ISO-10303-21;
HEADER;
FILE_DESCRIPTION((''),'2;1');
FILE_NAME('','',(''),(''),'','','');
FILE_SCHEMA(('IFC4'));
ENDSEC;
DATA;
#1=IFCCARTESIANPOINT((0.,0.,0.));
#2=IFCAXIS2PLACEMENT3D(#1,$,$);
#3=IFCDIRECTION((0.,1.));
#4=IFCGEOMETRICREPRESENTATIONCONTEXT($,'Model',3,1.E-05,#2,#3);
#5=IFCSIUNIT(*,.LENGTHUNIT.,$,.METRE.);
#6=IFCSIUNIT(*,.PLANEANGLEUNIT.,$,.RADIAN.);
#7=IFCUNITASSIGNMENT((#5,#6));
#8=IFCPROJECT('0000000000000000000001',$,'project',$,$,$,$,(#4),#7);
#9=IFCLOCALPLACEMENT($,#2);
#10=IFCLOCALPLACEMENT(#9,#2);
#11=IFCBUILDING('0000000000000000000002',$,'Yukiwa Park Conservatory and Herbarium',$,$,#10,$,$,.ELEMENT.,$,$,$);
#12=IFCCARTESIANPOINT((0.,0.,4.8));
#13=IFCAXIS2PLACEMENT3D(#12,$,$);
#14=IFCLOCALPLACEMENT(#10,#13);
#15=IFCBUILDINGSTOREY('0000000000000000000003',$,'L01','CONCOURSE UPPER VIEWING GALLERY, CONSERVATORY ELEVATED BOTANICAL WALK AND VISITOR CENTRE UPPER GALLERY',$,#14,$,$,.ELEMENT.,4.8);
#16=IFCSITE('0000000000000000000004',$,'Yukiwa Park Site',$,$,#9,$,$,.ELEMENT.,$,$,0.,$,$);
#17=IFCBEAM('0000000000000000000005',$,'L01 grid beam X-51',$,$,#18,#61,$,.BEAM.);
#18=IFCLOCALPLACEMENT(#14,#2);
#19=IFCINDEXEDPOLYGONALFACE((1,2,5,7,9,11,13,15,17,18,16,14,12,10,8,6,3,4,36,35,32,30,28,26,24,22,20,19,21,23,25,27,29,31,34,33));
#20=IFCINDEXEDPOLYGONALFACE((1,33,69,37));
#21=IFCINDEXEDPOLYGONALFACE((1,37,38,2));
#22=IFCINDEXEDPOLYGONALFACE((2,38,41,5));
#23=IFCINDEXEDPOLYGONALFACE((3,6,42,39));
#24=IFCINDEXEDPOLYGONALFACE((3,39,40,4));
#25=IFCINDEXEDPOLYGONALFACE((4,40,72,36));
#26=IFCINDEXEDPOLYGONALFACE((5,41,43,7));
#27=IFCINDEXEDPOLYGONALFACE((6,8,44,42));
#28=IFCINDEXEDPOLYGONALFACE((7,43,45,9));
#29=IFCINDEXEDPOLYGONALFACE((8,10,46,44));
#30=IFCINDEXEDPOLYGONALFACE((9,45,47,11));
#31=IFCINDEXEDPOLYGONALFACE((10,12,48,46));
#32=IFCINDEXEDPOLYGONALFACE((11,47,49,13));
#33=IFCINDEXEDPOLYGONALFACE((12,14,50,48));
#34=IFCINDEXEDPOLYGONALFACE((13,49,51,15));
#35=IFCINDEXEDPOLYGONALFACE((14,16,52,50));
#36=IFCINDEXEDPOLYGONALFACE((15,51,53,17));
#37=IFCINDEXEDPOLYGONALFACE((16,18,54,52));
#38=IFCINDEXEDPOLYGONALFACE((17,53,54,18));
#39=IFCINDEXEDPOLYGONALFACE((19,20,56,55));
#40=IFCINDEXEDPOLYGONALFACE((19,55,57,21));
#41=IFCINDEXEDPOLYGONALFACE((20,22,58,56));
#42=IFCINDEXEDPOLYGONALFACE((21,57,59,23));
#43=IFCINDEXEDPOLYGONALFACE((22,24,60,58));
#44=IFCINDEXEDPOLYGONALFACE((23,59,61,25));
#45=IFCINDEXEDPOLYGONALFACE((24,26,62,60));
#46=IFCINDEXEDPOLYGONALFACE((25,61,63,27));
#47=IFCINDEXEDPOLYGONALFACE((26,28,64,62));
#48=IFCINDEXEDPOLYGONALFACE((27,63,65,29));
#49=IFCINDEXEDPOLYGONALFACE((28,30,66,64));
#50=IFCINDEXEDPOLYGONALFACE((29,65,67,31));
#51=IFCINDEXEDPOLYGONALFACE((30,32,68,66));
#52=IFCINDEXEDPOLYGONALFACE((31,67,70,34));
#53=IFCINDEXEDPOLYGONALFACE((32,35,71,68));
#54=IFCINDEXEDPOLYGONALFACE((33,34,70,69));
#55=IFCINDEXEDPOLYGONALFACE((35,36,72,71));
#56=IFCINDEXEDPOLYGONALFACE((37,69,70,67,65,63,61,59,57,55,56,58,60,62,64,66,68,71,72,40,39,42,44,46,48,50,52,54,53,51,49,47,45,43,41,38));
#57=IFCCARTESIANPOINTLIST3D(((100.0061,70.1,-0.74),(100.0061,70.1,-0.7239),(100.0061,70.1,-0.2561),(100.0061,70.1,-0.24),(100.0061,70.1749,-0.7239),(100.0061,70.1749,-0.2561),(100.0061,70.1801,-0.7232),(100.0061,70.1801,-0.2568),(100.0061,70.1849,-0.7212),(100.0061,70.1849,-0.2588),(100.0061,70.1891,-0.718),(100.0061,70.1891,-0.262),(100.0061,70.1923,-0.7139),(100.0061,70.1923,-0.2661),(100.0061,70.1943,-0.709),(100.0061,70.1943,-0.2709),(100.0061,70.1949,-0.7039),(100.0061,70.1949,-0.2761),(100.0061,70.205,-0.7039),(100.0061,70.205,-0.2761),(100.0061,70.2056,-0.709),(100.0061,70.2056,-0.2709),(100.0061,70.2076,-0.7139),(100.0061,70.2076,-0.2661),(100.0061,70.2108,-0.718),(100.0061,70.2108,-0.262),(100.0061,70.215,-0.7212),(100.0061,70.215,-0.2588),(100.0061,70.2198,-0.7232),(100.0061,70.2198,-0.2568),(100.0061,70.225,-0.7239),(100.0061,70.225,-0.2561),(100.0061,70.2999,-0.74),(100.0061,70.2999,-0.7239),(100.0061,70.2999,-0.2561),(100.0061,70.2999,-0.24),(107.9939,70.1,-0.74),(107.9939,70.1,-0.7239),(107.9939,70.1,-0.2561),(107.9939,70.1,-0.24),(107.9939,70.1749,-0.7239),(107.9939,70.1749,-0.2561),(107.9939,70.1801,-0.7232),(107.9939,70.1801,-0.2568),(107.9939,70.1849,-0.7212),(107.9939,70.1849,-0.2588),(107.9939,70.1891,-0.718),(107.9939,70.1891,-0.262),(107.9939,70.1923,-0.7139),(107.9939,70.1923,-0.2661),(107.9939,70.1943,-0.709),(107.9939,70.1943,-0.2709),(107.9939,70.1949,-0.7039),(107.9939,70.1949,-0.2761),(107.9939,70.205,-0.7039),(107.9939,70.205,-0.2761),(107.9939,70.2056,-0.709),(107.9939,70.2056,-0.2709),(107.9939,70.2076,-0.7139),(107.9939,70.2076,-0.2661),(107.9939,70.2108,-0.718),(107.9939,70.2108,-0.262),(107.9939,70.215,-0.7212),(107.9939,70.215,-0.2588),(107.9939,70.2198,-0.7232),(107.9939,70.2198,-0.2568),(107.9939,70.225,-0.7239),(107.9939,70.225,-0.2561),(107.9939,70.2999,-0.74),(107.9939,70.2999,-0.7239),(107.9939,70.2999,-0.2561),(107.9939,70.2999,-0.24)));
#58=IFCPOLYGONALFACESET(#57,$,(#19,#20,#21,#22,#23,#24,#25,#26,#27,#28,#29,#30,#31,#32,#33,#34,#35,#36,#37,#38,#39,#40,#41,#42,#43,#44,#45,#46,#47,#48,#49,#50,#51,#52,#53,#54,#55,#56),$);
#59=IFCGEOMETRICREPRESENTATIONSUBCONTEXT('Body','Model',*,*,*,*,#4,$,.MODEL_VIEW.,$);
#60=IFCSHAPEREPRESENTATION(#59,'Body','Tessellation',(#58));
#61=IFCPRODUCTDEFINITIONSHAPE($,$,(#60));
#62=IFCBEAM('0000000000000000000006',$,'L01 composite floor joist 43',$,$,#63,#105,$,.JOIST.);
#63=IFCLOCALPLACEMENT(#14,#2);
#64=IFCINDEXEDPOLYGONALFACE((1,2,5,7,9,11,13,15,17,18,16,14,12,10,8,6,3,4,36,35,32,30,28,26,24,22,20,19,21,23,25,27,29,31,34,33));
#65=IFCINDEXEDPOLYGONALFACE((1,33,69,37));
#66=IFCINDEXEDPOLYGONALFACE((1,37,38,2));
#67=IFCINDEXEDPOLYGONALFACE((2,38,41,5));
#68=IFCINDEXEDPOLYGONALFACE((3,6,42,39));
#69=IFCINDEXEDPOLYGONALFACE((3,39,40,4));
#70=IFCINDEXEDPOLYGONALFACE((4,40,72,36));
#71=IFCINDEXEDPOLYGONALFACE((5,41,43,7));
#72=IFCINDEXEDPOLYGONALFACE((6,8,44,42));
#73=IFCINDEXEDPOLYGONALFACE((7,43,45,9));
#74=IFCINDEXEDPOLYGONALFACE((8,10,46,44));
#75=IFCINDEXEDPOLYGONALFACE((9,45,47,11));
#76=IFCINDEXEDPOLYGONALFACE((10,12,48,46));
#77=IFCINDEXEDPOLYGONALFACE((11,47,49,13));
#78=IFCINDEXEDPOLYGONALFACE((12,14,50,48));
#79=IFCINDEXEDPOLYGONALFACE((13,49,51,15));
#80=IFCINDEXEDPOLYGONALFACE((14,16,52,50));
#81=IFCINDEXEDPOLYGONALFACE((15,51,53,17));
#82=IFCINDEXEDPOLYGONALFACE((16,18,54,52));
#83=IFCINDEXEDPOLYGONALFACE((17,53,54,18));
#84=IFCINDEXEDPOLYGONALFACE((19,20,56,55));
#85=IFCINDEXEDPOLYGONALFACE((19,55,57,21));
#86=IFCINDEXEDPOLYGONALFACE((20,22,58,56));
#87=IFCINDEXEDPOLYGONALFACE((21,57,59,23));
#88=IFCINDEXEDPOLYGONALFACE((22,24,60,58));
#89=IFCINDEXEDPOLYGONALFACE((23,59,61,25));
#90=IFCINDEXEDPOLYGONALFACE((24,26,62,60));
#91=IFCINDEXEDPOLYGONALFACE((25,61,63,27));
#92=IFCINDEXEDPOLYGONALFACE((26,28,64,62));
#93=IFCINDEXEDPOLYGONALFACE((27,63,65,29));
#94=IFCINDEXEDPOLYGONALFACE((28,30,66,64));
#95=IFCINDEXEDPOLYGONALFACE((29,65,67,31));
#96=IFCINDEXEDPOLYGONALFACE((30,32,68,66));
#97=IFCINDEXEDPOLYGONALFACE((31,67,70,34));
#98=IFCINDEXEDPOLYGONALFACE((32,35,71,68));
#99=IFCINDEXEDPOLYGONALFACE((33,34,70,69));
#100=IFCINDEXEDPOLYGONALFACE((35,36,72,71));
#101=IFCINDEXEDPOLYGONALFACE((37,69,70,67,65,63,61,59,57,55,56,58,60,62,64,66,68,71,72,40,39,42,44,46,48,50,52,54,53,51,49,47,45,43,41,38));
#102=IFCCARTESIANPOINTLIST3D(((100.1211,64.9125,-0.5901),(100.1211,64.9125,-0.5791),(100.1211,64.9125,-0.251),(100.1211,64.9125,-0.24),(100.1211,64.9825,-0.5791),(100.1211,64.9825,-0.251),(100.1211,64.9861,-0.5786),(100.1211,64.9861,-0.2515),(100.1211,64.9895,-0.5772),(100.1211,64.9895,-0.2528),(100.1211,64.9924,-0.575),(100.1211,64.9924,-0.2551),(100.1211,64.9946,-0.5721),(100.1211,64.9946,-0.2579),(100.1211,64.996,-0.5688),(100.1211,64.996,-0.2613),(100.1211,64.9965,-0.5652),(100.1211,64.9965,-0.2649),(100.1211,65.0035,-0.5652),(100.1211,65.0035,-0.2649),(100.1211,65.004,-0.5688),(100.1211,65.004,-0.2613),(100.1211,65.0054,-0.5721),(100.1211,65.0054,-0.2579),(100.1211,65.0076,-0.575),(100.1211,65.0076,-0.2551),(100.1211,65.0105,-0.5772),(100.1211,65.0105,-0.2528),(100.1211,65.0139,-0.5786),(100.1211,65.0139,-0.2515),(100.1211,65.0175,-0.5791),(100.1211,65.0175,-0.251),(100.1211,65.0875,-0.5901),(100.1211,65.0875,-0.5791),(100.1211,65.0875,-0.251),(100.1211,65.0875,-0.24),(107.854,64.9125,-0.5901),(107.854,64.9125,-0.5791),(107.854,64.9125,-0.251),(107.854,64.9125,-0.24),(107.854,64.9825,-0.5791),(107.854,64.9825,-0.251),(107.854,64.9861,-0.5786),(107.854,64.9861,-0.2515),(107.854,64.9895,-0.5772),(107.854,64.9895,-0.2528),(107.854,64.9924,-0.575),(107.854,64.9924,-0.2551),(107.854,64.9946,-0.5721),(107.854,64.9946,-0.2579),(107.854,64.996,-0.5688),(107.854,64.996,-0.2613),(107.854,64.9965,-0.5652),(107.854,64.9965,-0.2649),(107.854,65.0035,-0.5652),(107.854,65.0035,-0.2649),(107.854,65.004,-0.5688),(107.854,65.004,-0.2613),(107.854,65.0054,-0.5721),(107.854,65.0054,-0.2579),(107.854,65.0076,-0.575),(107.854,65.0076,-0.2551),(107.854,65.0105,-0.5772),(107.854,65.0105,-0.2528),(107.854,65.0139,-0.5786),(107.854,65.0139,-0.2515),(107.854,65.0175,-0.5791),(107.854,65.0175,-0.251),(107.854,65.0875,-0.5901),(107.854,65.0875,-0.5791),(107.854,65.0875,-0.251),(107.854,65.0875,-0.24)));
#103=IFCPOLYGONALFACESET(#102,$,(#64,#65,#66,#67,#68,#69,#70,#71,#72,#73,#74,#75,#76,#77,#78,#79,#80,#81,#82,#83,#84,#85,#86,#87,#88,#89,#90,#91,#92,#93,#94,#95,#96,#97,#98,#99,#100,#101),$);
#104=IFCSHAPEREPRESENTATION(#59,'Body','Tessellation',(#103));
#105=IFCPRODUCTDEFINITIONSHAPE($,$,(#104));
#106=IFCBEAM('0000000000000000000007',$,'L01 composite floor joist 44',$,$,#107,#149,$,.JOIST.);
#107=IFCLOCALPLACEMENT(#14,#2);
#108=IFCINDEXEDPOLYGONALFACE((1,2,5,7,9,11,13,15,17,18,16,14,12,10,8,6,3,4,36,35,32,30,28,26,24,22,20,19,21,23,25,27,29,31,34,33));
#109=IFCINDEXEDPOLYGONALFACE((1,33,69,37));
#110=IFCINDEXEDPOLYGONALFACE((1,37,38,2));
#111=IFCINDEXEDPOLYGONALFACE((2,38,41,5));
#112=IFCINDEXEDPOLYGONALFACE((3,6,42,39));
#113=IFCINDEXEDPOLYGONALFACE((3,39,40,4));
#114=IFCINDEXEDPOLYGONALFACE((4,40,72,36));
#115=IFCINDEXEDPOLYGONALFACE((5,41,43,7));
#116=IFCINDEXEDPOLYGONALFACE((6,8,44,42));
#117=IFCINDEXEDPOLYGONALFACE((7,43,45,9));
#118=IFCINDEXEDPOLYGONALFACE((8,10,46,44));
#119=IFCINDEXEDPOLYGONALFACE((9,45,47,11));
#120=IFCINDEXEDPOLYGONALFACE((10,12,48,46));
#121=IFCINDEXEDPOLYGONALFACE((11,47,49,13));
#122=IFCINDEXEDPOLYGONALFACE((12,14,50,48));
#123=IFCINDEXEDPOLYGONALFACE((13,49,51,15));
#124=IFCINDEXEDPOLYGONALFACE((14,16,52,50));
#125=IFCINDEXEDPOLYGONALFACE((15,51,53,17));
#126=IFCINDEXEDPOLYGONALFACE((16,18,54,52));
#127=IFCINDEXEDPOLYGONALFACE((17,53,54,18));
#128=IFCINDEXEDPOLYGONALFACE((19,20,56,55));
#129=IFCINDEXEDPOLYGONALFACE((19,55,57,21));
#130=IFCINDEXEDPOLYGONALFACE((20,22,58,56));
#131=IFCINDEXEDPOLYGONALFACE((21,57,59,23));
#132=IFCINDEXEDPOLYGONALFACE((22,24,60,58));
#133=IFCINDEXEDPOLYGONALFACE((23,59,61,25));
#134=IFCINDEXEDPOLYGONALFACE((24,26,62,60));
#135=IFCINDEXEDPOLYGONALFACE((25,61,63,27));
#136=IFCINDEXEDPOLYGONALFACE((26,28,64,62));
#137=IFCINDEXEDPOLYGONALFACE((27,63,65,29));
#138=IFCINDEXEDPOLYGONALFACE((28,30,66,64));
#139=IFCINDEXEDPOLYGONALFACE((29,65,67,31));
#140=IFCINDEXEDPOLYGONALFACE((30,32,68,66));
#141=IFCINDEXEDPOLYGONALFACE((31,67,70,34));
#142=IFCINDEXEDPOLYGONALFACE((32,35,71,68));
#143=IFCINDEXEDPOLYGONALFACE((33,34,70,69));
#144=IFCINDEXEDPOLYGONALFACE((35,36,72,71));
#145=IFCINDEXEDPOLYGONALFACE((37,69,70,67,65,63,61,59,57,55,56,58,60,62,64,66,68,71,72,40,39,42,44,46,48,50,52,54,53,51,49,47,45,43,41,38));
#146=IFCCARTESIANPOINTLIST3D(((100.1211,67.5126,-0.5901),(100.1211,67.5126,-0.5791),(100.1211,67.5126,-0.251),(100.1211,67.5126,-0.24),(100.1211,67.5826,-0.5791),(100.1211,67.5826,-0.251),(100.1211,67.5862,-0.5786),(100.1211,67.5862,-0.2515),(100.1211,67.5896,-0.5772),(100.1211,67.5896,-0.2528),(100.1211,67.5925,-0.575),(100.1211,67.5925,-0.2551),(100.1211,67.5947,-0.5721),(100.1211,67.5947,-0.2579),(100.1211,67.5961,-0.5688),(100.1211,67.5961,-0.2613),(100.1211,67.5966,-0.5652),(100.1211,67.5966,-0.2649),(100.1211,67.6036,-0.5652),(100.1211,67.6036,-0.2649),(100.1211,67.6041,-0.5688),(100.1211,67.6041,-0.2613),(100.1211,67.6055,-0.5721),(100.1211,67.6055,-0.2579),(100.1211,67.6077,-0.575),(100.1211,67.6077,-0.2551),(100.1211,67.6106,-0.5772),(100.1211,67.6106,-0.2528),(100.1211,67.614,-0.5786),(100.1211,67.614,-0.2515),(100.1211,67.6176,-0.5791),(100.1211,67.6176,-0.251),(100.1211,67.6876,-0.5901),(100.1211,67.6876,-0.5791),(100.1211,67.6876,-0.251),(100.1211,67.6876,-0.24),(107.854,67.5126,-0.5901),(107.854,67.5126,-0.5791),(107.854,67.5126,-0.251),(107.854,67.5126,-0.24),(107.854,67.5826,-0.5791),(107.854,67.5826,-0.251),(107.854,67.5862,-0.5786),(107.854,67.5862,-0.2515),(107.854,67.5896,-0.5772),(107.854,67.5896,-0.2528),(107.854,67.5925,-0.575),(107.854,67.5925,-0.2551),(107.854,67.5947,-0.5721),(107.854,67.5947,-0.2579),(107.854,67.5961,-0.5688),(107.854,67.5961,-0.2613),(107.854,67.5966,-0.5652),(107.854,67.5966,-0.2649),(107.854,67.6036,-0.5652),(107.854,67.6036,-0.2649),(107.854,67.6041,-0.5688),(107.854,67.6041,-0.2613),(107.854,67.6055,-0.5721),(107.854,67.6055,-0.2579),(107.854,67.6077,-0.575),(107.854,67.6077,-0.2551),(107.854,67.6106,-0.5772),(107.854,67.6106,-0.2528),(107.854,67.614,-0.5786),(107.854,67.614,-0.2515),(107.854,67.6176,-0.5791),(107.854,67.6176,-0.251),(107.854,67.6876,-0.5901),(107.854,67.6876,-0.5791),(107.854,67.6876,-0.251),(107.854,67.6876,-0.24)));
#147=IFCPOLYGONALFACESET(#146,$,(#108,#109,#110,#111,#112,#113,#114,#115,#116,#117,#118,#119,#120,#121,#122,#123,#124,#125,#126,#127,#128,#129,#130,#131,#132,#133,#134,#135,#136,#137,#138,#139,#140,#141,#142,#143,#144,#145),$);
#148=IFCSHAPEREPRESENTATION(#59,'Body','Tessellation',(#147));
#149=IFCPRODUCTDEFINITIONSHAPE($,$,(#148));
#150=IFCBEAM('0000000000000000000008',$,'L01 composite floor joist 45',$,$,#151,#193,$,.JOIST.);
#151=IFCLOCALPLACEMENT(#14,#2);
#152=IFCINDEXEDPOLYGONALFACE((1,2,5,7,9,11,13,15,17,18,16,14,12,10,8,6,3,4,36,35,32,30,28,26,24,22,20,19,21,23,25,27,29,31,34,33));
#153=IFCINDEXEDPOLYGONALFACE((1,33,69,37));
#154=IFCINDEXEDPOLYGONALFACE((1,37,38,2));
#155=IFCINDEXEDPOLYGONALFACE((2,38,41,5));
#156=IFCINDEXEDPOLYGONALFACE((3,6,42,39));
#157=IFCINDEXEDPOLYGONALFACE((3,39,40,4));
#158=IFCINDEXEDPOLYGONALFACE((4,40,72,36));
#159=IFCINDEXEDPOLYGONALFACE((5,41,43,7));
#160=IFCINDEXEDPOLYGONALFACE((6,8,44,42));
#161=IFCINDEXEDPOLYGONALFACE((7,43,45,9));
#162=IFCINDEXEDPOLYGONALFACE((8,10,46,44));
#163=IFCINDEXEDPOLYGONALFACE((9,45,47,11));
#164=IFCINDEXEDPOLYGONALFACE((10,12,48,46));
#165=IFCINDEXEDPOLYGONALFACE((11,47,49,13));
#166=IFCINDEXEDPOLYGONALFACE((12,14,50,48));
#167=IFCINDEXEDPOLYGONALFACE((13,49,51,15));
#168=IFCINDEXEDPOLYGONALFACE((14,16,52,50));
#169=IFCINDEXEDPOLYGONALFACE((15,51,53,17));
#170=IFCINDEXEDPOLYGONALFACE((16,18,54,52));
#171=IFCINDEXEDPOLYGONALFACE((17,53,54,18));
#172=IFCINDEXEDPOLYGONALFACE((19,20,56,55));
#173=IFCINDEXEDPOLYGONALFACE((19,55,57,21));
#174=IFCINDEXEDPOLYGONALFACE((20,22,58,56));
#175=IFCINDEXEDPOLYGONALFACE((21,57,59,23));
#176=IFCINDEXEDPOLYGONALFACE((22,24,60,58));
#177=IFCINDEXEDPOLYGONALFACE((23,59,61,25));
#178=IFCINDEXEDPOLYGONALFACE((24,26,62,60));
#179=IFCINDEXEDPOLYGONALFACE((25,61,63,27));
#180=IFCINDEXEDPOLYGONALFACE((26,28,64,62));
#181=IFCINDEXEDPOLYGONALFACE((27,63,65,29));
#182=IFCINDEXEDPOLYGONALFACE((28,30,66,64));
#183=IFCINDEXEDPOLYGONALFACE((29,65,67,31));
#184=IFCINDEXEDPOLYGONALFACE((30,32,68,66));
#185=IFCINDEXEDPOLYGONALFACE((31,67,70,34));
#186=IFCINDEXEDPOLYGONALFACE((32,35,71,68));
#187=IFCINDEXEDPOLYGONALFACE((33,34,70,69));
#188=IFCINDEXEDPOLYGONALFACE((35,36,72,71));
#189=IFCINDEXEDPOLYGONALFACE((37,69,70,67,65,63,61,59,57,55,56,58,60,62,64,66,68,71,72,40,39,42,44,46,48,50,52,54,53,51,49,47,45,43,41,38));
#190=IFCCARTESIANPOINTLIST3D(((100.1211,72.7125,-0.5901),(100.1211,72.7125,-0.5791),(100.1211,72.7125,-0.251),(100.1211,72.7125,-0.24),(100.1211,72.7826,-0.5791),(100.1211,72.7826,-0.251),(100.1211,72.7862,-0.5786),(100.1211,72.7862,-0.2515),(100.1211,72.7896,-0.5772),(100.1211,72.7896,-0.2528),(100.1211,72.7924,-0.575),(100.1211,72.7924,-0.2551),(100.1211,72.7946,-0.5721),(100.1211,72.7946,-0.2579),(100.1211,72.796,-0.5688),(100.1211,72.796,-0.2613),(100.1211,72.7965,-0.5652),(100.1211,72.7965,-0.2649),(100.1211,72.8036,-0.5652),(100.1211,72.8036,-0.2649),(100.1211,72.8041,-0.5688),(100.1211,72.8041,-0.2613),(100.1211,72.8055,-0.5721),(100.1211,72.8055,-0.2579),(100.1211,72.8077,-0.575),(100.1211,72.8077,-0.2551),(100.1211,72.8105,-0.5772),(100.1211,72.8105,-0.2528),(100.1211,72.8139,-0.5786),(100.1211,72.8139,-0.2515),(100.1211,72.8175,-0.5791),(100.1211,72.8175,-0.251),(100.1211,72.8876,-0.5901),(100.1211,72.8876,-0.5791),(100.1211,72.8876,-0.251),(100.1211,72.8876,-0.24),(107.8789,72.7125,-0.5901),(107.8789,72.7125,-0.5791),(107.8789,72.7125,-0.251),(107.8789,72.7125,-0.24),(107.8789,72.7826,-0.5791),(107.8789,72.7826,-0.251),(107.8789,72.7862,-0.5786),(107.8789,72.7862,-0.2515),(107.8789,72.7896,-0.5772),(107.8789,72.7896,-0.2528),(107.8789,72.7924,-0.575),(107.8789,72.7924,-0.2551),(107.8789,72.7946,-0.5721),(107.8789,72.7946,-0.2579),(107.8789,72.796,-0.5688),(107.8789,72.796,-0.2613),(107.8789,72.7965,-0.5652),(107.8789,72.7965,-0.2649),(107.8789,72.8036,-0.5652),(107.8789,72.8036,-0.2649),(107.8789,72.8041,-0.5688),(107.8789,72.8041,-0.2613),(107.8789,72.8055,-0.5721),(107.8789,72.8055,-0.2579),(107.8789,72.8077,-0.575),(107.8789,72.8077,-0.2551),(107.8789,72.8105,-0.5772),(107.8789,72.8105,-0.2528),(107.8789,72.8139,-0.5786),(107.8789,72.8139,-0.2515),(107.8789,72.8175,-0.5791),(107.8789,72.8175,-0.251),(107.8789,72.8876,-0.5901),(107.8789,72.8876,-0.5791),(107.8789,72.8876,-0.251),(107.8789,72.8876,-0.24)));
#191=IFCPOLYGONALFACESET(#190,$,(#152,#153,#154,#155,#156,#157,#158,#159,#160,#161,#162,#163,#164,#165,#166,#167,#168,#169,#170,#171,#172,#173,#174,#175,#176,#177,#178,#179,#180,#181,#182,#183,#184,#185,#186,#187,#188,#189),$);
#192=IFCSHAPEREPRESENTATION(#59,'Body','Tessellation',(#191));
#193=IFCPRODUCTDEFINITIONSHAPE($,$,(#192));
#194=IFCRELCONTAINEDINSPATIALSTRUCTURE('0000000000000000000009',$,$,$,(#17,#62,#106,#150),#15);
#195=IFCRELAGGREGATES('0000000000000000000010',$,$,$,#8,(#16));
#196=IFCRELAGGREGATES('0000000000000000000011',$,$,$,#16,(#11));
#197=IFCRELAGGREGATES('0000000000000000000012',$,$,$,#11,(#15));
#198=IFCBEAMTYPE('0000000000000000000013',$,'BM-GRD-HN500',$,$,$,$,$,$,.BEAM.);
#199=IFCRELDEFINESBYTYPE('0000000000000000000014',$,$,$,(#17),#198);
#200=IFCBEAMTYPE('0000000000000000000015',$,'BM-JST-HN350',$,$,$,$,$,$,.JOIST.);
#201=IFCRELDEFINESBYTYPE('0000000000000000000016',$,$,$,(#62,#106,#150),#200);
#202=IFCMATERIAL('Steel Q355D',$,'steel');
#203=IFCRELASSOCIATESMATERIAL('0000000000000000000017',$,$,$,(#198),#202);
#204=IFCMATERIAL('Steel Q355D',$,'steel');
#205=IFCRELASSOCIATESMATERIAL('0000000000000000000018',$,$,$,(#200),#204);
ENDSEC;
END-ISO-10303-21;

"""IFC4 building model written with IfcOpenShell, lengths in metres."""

from ifc_helpers import new_model, si_unit, direction, frame, origin, origin_2d, place, context, subcontext, project, spatial, i_section, extrude, material, material_profile, profile_set, type_object, element, save


model = new_model("IFC4")

# Units and contexts
model_context = context("Model", 3, precision=1e-05, world=origin(), true_north=direction((0.0, 1.0)))
body_context = subcontext(model_context, "Body", "Model", "MODEL_VIEW")
ifc_project = project(units=[si_unit("LENGTHUNIT", "METRE"), si_unit("PLANEANGLEUNIT", "RADIAN")], contexts=[model_context])

# Site, building, storey
site_placement = place(None, origin())
site = spatial("IfcSite", under=ifc_project, at=site_placement, Name="Yukiwa Park Site", CompositionType="ELEMENT", RefElevation=0.0)
building_placement = place(site_placement, origin())
building = spatial("IfcBuilding", under=site, at=building_placement, Name="Yukiwa Park Conservatory and Herbarium", CompositionType="ELEMENT")
storey_placement = place(building_placement, frame((0.0, 0.0, 4.8)))
storey = spatial("IfcBuildingStorey", under=building, at=storey_placement, Name="L01", Description="CONCOURSE UPPER VIEWING GALLERY, CONSERVATORY ELEVATED BOTANICAL WALK AND VISITOR CENTRE UPPER GALLERY", CompositionType="ELEMENT", Elevation=4.8)

# Beams
ifc_material_1 = material(Name="Steel Q355D", Category="steel")
ifc_material_profile_1 = material_profile(ifc_material_1, i_section(OverallWidth=0.2, OverallDepth=0.5, WebThickness=0.01, FlangeThickness=0.0161, FilletRadius=0.02, at=origin_2d()), Name="HN 500x200x10x16")
ifc_profile_set_1 = profile_set([ifc_material_profile_1], Name="Steel Q355D")
beam_type_1 = type_object("IfcBeamType", Name="BM-GRD-HN500", PredefinedType="BEAM", material=ifc_profile_set_1)
beam_1_placement = place(storey_placement, frame((100.0061, 70.2, -0.49), z_axis=(1.0, 0.0, 0.0), x_axis=(0.0, 1.0, 0.0)))
element("IfcBeam", 1, at=beam_1_placement, inside=storey, type_object=beam_type_1, Name="L01 grid beam X-51", PredefinedType="BEAM", context=body_context, shape_type="SweptSolid", body=[
    extrude(i_section(OverallWidth=0.2, OverallDepth=0.5, WebThickness=0.01, FlangeThickness=0.0161, FilletRadius=0.02, at=origin_2d()), origin(), (0.0, 0.0, 1.0), 7.9878),
])
ifc_material_2 = material(Name="Steel Q355D", Category="steel")
ifc_material_profile_2 = material_profile(ifc_material_2, i_section(OverallWidth=0.175, OverallDepth=0.3501, WebThickness=0.0071, FlangeThickness=0.011, FilletRadius=0.0139, at=origin_2d()), Name="HN 350x175x7x11")
ifc_profile_set_2 = profile_set([ifc_material_profile_2], Name="Steel Q355D")
beam_type_2 = type_object("IfcBeamType", Name="BM-JST-HN350", PredefinedType="JOIST", material=ifc_profile_set_2)
for number, where, z_axis, x_axis, name in (
    (2, (100.1211, 65.0, -0.415), (1.0, 0.0, 0.0), (0.0, 1.0, 0.0), "L01 composite floor joist 43"),
    (3, (100.1211, 67.6001, -0.415), (1.0, 0.0, 0.0), (0.0, 1.0, 0.0), "L01 composite floor joist 44"),
):
    element("IfcBeam", number, at=place(storey_placement, frame(where, z_axis=z_axis, x_axis=x_axis)), inside=storey, type_object=beam_type_2, Name=name, PredefinedType="JOIST", context=body_context, shape_type="SweptSolid", body=[
        extrude(i_section(OverallWidth=0.175, OverallDepth=0.3501, WebThickness=0.0071, FlangeThickness=0.011, FilletRadius=0.0139, at=origin_2d()), origin(), (0.0, 0.0, 1.0), 7.7329),
    ])
for number, where, z_axis, x_axis, name in (
    (4, (100.1211, 72.8, -0.415), (1.0, 0.0, 0.0), (0.0, 1.0, 0.0), "L01 composite floor joist 45"),
):
    element("IfcBeam", number, at=place(storey_placement, frame(where, z_axis=z_axis, x_axis=x_axis)), inside=storey, type_object=beam_type_2, Name=name, PredefinedType="JOIST", context=body_context, shape_type="SweptSolid", body=[
        extrude(i_section(OverallWidth=0.175, OverallDepth=0.3501, WebThickness=0.0071, FlangeThickness=0.011, FilletRadius=0.0139, at=origin_2d()), origin(), (0.0, 0.0, 1.0), 7.7578),
    ])

save(model, "model.ifc")
